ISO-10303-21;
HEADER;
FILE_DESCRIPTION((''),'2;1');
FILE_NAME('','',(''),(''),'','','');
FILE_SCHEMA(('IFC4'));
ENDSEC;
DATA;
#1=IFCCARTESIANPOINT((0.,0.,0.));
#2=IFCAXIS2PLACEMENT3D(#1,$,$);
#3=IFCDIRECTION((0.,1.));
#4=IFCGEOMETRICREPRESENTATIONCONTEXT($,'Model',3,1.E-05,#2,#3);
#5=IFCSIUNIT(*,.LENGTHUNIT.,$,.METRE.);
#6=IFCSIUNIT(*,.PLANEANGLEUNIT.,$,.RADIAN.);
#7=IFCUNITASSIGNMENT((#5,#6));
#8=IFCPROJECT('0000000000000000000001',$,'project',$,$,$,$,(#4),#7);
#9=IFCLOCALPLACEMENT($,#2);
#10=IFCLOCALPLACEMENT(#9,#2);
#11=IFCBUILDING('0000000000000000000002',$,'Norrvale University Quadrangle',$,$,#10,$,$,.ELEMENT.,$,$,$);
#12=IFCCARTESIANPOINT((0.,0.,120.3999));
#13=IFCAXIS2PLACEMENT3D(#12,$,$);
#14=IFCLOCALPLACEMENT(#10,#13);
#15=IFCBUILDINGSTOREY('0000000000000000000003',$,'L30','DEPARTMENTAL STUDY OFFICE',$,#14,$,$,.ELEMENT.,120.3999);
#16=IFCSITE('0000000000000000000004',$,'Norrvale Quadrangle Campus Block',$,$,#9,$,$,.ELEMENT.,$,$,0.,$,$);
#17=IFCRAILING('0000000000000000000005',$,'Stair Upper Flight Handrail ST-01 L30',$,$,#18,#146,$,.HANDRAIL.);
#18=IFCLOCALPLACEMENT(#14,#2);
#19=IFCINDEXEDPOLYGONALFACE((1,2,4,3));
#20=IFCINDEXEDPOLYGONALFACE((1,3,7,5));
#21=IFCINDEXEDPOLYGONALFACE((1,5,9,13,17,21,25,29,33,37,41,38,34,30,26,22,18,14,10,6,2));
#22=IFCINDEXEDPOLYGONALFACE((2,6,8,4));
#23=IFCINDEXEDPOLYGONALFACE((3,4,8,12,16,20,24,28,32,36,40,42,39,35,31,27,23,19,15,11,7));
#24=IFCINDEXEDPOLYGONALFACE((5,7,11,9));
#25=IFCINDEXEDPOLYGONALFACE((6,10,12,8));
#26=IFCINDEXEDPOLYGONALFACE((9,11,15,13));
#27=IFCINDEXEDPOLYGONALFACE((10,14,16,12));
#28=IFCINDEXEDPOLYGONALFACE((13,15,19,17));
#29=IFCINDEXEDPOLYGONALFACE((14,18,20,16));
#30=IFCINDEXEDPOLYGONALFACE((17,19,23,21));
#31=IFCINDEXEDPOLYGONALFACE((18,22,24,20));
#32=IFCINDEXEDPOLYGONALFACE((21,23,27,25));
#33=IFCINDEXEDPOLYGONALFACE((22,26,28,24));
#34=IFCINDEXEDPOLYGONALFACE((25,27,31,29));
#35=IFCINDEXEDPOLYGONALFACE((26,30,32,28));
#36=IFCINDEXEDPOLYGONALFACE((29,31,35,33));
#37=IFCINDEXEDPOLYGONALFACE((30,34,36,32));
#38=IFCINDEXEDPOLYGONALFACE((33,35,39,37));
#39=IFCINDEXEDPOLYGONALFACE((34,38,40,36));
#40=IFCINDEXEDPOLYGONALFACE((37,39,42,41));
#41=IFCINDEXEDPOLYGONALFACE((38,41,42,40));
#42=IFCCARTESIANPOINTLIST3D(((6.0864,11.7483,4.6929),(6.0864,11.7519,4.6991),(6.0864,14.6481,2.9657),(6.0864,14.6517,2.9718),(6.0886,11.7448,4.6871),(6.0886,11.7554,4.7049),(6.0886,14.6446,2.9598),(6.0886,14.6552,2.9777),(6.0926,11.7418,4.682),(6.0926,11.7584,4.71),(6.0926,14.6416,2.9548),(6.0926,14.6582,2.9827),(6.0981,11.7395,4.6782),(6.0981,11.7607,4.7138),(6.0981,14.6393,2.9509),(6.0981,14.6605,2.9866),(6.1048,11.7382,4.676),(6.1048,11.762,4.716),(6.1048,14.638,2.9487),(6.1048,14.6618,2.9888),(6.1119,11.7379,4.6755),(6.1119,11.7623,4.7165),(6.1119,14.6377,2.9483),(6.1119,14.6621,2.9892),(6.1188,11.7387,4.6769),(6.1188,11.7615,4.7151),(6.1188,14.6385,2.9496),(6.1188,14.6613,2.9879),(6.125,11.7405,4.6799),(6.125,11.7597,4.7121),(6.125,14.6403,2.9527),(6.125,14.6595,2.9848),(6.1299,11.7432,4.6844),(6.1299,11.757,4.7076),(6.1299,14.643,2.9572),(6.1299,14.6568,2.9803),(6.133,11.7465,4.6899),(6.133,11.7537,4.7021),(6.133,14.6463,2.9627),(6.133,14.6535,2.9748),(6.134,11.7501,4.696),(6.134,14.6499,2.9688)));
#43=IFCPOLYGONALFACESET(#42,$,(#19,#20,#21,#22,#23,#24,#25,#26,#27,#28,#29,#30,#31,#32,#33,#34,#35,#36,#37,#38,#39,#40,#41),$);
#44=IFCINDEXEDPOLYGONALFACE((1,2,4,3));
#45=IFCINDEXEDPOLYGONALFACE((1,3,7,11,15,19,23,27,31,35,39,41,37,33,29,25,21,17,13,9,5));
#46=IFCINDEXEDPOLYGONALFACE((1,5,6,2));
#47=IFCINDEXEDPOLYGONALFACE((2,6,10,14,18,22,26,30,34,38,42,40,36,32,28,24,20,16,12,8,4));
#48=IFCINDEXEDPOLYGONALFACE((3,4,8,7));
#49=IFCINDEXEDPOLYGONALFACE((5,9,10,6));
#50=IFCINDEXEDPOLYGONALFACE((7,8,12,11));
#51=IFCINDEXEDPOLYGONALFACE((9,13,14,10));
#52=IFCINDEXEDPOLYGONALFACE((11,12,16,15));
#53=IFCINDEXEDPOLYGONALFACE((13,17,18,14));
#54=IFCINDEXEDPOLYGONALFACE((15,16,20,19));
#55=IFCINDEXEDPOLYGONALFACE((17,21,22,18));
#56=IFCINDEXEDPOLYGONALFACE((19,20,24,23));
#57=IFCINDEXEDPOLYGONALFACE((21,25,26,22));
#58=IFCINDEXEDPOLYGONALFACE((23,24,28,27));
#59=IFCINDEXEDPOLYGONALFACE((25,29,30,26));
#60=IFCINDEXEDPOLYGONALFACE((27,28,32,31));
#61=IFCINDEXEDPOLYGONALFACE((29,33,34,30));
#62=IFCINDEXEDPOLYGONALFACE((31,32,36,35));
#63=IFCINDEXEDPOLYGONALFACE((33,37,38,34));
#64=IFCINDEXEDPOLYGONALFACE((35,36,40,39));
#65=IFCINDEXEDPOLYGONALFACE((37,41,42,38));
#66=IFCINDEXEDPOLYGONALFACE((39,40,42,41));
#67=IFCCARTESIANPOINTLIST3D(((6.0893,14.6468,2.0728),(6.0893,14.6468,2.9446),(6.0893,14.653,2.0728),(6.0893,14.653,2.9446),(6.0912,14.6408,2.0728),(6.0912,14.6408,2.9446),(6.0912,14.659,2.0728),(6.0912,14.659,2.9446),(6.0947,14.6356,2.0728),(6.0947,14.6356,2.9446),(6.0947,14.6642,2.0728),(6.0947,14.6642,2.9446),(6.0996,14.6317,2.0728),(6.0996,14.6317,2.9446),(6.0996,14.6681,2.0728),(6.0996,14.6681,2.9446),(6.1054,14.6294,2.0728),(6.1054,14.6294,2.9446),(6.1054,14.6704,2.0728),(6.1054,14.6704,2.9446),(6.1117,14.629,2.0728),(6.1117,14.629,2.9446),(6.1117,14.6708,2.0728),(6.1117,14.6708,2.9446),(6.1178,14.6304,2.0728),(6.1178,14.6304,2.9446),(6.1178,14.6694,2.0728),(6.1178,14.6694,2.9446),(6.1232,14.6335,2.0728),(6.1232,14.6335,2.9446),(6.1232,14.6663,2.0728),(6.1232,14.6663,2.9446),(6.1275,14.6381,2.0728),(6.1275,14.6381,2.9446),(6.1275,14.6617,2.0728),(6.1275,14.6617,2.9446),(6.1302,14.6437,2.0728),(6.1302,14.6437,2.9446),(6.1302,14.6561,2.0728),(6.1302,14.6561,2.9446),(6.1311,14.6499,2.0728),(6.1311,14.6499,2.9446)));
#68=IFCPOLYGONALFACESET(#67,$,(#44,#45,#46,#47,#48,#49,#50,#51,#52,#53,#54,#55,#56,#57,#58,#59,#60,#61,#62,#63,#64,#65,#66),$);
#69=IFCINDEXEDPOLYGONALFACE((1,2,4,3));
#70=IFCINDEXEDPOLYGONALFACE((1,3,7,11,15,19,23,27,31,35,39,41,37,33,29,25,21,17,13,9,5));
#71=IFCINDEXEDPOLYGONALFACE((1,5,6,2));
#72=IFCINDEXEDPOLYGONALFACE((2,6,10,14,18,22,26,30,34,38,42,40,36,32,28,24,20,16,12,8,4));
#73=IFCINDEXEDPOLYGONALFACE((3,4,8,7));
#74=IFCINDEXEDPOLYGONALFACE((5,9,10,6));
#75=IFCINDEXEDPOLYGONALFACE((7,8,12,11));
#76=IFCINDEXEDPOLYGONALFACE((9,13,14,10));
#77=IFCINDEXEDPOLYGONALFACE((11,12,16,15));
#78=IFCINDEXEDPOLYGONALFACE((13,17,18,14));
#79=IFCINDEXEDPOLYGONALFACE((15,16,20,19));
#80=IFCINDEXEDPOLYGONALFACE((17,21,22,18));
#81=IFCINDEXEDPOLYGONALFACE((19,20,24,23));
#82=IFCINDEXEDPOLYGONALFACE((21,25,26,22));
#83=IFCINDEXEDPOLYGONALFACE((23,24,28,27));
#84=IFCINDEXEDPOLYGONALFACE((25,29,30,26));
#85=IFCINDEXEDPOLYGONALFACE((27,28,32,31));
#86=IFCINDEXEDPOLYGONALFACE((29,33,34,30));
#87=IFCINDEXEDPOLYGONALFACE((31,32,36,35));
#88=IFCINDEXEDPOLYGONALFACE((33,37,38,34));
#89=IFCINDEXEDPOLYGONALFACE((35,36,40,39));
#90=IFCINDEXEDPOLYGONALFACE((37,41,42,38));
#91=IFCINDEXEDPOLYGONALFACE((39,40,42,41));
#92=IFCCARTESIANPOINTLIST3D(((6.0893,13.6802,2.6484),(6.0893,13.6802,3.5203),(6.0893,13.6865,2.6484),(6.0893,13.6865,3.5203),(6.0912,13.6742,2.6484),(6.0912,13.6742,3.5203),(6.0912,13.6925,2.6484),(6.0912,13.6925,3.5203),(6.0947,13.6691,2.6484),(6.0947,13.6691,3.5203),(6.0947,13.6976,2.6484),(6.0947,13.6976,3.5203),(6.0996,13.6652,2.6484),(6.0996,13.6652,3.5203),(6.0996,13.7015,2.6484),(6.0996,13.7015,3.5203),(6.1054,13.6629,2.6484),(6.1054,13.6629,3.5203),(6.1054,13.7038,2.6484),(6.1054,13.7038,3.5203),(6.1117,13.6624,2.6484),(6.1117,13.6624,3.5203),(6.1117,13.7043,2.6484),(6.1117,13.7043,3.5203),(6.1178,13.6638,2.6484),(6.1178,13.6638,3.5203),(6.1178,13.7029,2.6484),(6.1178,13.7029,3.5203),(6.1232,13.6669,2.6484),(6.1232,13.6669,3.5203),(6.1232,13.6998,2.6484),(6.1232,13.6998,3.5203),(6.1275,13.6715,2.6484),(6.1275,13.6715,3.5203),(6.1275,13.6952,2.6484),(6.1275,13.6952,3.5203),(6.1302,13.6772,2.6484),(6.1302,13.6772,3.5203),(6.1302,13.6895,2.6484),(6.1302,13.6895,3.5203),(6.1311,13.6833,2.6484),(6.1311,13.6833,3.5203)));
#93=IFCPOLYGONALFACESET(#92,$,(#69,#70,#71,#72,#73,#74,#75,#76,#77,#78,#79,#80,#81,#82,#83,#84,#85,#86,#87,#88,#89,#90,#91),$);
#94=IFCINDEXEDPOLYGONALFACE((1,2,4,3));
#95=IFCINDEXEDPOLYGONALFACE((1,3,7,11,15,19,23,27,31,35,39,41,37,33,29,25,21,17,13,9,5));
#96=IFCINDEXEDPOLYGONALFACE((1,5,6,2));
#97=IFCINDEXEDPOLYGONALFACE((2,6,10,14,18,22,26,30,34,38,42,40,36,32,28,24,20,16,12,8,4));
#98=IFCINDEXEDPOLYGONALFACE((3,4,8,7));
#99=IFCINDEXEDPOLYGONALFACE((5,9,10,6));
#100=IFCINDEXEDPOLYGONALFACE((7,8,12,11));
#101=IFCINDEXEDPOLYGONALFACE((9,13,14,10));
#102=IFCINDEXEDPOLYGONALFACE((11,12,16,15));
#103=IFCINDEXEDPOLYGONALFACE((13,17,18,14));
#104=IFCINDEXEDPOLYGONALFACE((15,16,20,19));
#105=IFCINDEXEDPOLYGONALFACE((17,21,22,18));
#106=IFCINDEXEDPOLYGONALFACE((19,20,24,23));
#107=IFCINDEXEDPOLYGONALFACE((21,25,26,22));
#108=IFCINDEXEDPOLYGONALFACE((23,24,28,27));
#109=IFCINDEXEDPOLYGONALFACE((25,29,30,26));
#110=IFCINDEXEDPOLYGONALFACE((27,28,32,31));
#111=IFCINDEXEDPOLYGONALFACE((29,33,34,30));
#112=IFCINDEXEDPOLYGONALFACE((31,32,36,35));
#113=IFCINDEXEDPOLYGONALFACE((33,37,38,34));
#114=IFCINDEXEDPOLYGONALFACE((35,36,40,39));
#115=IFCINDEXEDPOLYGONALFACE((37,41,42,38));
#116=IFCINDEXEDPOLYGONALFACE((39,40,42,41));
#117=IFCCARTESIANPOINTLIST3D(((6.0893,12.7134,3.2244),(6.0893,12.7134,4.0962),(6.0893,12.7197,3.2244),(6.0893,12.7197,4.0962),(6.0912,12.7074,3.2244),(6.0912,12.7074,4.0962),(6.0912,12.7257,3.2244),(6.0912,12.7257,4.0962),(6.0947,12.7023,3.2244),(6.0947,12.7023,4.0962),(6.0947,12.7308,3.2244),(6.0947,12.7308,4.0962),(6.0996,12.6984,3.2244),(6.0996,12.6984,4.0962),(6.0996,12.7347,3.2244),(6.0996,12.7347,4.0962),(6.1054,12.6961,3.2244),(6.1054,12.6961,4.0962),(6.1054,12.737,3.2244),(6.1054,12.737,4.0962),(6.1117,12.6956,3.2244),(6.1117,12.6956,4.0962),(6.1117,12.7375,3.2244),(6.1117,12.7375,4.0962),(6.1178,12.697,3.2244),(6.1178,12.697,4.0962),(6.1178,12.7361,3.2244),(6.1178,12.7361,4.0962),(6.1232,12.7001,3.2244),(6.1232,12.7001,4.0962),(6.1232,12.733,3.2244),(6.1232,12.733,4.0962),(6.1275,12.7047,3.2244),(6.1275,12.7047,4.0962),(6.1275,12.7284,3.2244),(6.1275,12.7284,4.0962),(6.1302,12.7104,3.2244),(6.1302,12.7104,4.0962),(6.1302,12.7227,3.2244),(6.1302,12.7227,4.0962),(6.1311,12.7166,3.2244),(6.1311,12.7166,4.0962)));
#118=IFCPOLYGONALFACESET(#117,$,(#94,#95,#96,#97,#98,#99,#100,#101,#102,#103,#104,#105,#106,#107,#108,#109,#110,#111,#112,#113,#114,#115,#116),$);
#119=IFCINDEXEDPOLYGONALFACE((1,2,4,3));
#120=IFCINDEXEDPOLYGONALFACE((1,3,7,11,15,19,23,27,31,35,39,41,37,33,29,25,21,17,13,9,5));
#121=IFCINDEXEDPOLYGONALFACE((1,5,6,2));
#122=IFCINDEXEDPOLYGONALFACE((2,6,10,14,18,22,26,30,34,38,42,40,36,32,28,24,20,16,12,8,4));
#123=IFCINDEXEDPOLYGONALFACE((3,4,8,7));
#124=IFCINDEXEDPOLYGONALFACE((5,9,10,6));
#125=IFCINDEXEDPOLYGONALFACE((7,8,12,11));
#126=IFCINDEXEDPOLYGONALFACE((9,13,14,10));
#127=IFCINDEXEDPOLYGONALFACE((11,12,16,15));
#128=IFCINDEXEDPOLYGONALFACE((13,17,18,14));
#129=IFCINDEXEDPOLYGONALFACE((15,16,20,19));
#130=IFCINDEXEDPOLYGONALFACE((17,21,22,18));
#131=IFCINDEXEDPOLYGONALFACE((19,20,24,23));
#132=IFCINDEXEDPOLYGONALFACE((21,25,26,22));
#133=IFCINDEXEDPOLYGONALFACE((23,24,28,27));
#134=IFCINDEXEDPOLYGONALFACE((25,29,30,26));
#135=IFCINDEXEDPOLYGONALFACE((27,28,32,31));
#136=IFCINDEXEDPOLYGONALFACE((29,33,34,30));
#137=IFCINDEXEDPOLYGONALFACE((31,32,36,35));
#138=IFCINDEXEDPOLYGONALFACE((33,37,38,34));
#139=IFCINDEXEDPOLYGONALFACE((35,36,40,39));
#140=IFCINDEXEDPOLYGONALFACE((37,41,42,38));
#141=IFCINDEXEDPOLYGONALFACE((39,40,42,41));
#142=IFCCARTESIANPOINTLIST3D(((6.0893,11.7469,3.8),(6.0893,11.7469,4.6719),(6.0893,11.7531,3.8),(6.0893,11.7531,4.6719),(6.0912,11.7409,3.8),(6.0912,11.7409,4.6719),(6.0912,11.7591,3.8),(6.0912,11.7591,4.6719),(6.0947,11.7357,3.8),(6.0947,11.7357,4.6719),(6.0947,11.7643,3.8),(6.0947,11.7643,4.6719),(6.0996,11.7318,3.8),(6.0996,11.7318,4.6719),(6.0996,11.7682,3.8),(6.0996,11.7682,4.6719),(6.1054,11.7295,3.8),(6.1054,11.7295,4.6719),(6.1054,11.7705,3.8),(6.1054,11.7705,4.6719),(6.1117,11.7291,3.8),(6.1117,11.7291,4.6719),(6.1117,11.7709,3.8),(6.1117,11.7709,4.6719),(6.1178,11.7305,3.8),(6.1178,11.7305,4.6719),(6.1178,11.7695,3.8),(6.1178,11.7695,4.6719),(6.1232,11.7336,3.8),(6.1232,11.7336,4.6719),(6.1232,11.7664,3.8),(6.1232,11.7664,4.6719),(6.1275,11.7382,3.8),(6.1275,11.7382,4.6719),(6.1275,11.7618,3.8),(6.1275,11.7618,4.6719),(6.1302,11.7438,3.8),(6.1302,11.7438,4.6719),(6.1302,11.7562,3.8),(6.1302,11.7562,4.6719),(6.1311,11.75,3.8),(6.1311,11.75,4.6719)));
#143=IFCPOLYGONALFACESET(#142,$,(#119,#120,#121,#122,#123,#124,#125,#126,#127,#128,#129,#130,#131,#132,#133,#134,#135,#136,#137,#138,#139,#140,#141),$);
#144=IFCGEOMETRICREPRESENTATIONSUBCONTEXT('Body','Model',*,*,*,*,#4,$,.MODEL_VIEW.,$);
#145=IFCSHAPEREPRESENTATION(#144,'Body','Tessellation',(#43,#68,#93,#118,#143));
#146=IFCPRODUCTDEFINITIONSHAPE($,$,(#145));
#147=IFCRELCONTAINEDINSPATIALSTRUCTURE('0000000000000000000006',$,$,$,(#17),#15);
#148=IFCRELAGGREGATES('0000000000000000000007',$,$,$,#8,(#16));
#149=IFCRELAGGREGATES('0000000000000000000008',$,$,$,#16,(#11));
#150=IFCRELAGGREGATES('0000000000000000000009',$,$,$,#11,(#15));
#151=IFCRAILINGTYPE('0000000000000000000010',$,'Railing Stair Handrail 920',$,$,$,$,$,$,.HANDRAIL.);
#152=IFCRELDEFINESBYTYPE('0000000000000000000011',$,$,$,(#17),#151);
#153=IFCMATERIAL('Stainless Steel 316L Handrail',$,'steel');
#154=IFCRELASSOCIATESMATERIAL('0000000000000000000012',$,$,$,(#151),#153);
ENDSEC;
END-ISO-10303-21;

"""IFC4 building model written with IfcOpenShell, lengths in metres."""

from ifc_helpers import new_model, si_unit, direction, frame, origin, origin_2d, place, context, subcontext, project, spatial, circle, extrude, material, type_object, element, save


model = new_model("IFC4")

# Units and contexts
model_context = context("Model", 3, precision=1e-05, world=origin(), true_north=direction((0.0, 1.0)))
body_context = subcontext(model_context, "Body", "Model", "MODEL_VIEW")
ifc_project = project(units=[si_unit("LENGTHUNIT", "METRE"), si_unit("PLANEANGLEUNIT", "RADIAN")], contexts=[model_context])

# Site, building, storey
site_placement = place(None, origin())
site = spatial("IfcSite", under=ifc_project, at=site_placement, Name="Norrvale Quadrangle Campus Block", CompositionType="ELEMENT", RefElevation=0.0)
building_placement = place(site_placement, origin())
building = spatial("IfcBuilding", under=site, at=building_placement, Name="Norrvale University Quadrangle", CompositionType="ELEMENT")
storey_placement = place(building_placement, frame((0.0, 0.0, 120.3999)))
storey = spatial("IfcBuildingStorey", under=building, at=storey_placement, Name="L30", Description="DEPARTMENTAL STUDY OFFICE", CompositionType="ELEMENT", Elevation=120.3999)

# Railing
ifc_material_1 = material(Name="Stainless Steel 316L Handrail", Category="steel")
railing_type_1 = type_object("IfcRailingType", Name="Railing Stair Handrail 920", PredefinedType="HANDRAIL", material=ifc_material_1)
railing_1_placement = place(storey_placement, frame((6.1101, 14.6499, 2.0728)))
element("IfcRailing", 1, at=railing_1_placement, inside=storey, type_object=railing_type_1, Name="Stair Upper Flight Handrail ST-01 L30", PredefinedType="HANDRAIL", context=body_context, shape_type="SweptSolid", body=[
    extrude(circle(Radius=0.0239, at=origin_2d()), frame((0.0, 0.0, 0.896), z_axis=(0.0, -0.859141, 0.511738), x_axis=(1.0, 0.0, 0.0)), (0.0, 0.0, 1.0), 3.3752),
    extrude(circle(Radius=0.021, at=origin_2d()), origin(), (0.0, 0.0, 1.0), 0.8718),
    extrude(circle(Radius=0.021, at=origin_2d()), frame((0.0, -0.9666, 0.5757)), (0.0, 0.0, 1.0), 0.8718),
    extrude(circle(Radius=0.021, at=origin_2d()), frame((0.0, -1.9333, 1.1516)), (0.0, 0.0, 1.0), 0.8718),
    extrude(circle(Radius=0.021, at=origin_2d()), frame((0.0, -2.8999, 1.7273)), (0.0, 0.0, 1.0), 0.8718),
])

save(model, "model.ifc")
